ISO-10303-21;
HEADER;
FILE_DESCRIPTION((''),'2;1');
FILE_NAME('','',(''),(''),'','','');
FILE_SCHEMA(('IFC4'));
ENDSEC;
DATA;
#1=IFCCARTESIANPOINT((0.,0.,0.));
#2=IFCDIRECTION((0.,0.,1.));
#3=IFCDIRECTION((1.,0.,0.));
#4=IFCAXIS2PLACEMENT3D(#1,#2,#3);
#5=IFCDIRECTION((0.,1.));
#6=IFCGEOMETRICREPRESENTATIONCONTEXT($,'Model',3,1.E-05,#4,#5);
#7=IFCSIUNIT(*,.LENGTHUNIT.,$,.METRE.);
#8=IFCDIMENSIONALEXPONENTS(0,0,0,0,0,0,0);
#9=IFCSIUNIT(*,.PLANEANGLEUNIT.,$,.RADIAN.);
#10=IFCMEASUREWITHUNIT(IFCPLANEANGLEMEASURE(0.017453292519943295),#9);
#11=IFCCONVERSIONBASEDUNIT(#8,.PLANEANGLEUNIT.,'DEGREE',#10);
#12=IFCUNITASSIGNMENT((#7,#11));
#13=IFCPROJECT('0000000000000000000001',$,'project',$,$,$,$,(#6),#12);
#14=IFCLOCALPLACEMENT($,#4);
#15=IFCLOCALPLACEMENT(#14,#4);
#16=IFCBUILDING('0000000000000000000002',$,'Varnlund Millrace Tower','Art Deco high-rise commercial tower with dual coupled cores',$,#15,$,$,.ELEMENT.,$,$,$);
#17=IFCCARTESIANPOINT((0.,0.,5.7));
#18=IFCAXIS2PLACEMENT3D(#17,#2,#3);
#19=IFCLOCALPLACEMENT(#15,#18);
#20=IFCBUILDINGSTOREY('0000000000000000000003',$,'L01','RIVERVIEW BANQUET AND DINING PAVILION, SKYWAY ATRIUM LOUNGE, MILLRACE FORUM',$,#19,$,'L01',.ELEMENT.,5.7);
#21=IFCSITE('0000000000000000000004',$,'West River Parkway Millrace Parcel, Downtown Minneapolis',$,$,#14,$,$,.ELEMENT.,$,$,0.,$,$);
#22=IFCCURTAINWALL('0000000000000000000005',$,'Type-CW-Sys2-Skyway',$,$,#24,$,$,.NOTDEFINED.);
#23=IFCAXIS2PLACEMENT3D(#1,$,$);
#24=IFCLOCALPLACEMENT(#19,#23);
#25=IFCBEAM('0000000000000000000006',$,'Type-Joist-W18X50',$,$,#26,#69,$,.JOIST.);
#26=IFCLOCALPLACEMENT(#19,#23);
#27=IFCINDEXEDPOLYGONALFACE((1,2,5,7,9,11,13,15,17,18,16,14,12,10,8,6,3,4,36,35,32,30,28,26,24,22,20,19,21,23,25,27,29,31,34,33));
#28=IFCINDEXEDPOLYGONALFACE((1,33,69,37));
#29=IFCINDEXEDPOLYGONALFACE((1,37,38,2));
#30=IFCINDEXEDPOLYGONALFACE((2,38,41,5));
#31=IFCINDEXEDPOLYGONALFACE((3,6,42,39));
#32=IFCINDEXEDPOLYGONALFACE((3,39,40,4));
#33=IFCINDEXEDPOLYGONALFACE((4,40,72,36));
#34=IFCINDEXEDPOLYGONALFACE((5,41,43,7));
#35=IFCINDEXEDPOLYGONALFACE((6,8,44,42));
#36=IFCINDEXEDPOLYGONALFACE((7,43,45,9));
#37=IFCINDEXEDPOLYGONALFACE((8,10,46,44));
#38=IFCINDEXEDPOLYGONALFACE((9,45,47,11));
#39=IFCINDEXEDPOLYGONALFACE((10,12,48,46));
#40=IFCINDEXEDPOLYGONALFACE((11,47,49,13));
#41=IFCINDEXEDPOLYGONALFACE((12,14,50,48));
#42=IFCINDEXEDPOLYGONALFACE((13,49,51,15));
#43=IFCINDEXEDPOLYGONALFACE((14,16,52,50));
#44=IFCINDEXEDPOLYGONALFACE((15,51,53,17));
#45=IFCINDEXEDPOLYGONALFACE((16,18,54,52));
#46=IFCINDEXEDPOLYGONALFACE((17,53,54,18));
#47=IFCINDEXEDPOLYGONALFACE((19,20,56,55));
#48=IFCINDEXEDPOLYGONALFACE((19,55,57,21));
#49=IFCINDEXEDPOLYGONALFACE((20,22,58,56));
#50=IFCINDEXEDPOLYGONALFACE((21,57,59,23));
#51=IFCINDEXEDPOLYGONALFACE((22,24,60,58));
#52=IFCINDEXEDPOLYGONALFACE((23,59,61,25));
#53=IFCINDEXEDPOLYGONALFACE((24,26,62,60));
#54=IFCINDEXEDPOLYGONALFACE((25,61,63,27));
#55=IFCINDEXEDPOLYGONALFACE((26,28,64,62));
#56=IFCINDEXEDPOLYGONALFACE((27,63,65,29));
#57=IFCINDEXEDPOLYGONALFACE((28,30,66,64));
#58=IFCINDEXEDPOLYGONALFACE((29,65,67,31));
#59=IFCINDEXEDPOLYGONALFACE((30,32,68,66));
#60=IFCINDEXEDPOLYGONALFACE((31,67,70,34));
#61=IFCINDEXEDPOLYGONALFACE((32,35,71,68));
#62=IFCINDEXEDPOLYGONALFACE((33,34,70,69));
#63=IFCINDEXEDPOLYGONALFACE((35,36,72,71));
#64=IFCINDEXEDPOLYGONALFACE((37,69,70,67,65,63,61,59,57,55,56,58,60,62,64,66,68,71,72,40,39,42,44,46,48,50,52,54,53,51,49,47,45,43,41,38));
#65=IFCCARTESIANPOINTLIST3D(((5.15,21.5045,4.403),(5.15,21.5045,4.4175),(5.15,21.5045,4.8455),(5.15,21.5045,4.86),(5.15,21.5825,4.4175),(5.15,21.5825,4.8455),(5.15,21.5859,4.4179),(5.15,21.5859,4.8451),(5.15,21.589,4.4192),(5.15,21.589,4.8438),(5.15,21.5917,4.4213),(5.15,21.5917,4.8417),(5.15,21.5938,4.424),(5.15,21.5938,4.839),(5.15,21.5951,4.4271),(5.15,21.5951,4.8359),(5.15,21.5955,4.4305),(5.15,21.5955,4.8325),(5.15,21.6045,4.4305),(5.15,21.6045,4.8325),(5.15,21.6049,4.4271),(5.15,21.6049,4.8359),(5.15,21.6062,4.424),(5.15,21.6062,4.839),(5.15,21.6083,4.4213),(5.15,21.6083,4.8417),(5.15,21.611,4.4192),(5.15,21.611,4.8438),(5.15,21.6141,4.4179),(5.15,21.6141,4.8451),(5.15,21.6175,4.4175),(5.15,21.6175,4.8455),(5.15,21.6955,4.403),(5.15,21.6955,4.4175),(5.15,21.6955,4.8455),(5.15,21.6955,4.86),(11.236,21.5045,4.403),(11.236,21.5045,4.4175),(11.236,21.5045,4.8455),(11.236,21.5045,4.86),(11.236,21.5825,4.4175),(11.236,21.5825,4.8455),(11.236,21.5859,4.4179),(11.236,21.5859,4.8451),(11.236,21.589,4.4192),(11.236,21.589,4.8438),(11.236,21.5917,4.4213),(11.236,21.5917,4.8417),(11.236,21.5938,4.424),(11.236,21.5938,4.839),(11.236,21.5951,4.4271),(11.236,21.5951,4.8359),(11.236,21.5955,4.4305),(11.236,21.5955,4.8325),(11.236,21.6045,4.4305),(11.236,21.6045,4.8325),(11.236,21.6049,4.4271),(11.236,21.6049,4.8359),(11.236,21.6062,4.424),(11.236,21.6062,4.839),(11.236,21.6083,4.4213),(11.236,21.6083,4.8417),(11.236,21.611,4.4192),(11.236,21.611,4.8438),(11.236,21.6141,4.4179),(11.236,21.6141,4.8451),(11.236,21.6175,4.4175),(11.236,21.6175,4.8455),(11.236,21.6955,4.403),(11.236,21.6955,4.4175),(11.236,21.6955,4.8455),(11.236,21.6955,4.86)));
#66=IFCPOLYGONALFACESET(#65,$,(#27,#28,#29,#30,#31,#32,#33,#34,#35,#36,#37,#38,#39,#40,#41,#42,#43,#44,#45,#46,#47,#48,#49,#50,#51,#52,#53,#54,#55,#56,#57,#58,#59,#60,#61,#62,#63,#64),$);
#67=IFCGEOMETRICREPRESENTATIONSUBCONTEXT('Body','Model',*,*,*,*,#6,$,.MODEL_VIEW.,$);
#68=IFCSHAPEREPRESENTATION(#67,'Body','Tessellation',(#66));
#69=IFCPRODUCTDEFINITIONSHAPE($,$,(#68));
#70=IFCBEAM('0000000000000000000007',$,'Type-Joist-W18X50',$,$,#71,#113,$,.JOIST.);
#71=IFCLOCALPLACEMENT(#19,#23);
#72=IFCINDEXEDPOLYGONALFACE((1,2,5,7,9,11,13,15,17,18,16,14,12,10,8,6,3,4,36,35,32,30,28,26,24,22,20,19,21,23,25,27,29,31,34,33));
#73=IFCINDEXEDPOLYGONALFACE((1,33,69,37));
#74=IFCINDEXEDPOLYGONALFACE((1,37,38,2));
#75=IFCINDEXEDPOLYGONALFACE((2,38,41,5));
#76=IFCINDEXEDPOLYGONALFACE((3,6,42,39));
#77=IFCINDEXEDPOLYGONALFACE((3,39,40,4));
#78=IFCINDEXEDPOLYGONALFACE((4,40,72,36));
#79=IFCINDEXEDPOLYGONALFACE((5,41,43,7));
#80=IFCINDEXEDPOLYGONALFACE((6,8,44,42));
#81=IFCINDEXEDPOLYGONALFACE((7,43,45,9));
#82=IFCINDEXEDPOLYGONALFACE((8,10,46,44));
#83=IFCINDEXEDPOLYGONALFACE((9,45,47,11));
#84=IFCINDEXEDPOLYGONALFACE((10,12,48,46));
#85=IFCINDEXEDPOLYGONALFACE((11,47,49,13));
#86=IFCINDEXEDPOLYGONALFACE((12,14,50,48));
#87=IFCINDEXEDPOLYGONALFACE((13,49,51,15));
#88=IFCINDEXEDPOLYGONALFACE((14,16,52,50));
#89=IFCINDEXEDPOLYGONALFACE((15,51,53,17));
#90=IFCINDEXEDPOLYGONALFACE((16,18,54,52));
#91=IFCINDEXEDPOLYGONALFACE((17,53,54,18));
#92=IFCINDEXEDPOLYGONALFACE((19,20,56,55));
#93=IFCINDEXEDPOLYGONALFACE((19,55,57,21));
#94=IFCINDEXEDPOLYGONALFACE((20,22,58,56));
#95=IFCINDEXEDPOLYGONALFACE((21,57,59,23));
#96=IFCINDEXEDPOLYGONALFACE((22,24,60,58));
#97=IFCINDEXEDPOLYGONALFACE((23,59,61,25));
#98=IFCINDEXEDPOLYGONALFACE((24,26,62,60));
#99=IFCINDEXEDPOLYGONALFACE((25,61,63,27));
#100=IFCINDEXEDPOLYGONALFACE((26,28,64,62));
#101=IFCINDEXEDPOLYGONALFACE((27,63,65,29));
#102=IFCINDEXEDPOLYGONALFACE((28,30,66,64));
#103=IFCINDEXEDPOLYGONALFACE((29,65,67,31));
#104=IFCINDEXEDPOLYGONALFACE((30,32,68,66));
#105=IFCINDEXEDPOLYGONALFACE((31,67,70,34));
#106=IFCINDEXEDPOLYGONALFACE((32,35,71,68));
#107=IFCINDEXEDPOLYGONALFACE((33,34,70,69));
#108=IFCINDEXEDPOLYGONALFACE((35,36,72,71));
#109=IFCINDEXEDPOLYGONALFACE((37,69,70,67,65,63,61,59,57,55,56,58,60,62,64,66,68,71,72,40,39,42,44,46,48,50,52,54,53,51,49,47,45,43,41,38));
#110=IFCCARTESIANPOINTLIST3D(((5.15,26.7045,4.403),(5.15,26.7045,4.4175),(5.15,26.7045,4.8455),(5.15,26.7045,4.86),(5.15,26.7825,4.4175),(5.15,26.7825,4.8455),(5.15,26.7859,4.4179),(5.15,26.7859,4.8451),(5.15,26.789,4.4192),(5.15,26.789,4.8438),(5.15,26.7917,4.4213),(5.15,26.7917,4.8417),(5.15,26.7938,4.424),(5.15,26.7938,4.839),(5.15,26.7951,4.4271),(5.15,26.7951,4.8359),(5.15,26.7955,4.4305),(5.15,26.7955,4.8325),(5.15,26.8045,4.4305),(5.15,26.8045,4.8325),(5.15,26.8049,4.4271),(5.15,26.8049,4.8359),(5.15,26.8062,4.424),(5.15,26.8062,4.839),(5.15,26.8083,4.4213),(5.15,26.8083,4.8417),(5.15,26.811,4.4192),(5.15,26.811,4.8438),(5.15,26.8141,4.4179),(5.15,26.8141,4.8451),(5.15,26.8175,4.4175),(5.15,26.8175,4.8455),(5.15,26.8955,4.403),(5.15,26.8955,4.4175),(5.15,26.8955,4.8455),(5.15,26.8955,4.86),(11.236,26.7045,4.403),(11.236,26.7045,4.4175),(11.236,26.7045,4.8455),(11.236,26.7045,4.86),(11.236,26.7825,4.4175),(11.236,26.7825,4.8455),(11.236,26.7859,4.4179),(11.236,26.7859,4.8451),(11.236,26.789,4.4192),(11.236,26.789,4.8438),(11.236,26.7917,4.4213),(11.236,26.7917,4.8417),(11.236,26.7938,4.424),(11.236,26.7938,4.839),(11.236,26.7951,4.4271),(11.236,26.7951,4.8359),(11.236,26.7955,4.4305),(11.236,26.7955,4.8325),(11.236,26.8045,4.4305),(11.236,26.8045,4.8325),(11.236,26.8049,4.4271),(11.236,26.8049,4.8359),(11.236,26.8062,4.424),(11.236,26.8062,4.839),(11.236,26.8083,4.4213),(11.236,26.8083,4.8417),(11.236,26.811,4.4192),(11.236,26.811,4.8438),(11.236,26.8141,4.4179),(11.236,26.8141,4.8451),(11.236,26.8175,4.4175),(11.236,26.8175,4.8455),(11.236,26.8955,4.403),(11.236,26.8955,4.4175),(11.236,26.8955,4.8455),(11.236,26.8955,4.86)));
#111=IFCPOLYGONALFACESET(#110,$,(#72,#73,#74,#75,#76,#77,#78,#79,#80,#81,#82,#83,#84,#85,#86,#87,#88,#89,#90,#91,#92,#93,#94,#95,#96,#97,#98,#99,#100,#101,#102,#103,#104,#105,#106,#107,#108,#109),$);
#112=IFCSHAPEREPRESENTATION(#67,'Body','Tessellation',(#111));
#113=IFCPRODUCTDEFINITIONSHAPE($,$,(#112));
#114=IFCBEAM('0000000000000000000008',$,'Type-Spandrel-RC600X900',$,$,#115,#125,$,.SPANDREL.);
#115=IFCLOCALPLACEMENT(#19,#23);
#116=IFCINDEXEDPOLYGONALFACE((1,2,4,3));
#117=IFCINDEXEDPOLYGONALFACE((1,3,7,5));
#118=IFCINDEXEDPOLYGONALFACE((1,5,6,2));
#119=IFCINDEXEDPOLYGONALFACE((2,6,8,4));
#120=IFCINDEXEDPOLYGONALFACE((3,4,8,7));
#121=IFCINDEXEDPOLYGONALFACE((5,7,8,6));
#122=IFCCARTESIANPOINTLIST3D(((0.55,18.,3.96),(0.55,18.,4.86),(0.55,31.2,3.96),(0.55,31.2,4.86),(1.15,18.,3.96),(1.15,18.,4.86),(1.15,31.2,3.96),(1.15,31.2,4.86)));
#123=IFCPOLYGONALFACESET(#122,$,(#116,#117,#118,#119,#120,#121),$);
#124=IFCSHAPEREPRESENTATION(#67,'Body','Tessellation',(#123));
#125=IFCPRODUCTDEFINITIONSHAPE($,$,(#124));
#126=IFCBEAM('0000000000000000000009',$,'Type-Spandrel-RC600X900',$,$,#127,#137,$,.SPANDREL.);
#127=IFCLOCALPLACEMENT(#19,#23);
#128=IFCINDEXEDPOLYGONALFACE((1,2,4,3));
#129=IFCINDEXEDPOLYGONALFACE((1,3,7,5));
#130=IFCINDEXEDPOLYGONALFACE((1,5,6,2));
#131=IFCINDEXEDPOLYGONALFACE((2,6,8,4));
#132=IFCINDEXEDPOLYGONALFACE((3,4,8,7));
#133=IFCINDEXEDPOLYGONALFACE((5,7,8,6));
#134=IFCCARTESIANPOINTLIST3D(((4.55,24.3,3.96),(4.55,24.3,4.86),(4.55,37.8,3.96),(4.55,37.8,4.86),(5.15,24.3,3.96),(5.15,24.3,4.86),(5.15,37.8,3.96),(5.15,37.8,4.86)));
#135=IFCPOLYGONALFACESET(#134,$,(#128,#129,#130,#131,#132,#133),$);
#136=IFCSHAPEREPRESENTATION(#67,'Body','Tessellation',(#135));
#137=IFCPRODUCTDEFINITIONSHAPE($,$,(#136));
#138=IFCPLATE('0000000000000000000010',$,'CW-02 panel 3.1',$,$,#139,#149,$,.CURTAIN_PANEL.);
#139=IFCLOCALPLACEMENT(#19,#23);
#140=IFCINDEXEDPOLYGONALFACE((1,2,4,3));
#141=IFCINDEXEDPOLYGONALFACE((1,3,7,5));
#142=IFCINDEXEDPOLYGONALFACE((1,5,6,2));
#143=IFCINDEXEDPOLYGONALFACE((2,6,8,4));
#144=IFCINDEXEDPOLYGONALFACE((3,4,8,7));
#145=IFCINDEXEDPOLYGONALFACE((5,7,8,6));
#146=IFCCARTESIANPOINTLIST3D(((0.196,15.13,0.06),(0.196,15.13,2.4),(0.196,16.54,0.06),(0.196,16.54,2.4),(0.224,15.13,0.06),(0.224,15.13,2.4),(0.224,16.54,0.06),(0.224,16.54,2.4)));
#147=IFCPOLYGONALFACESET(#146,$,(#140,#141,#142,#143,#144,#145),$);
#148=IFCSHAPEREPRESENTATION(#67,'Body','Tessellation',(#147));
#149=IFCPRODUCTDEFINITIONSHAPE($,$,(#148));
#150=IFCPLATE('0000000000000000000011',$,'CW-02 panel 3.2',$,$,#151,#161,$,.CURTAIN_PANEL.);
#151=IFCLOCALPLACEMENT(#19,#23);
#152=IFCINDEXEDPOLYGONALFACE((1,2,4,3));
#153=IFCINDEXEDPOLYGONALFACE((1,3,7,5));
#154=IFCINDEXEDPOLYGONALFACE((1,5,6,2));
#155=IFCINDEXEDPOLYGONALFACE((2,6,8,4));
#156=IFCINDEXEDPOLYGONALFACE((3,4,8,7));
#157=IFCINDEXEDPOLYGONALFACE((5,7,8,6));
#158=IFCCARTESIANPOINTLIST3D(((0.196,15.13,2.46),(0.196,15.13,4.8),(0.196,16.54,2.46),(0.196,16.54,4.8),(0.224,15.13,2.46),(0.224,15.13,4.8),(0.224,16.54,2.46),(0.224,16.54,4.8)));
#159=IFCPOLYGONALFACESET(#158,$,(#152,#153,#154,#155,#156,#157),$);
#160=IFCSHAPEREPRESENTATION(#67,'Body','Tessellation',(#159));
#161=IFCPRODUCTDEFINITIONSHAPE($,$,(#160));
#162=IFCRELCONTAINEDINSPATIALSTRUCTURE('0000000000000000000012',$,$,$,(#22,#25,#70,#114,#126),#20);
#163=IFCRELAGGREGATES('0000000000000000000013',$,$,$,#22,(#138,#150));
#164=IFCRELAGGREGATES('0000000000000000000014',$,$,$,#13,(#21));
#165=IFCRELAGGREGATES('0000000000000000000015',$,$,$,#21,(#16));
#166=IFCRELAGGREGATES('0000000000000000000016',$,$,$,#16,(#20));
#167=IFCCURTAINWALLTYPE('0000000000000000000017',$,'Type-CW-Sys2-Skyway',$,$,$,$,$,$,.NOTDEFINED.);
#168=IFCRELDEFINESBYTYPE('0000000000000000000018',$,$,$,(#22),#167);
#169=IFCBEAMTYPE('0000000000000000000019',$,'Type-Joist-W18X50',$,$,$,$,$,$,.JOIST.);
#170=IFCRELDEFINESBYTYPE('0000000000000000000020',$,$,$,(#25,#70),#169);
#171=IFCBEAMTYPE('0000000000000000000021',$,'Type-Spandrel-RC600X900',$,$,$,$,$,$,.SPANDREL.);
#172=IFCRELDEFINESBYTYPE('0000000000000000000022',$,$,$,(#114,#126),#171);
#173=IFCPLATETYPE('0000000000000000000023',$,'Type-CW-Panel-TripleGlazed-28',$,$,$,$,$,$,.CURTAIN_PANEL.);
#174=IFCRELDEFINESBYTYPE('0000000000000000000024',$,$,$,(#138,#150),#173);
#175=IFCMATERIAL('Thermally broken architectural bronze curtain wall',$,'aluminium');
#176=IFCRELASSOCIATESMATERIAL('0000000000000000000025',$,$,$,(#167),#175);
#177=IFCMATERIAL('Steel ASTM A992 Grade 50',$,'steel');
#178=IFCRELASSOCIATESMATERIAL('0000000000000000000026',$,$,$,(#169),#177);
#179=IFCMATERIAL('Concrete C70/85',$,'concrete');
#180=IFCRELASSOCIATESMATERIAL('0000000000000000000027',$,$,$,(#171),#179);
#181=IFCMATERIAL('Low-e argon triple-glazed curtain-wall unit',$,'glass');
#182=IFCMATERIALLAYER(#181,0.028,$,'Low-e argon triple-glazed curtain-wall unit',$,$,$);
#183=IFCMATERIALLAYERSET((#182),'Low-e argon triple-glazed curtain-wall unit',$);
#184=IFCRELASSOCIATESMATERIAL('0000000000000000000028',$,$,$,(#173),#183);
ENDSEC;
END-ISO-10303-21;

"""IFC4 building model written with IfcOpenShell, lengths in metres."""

from ifc_helpers import new_model, entity, si_unit, converted_unit, direction, frame, origin_with_axes, origin_2d_with_axis, place, context, subcontext, project, spatial, rectangle, i_section, extrude, material, layer, layer_set, material_profile, profile_set, type_object, element, aggregate, save


model = new_model("IFC4")

# Units and contexts
model_context = context("Model", 3, precision=1e-05, world=origin_with_axes(), true_north=direction((0.0, 1.0)))
body_context = subcontext(model_context, "Body", "Model", "MODEL_VIEW")
ifc_project = project(units=[si_unit("LENGTHUNIT", "METRE"), converted_unit("PLANEANGLEUNIT", "DEGREE", entity("IfcPlaneAngleMeasure", 0.017453292519943295), si_unit("PLANEANGLEUNIT", "RADIAN"), dimensions=[0, 0, 0, 0, 0, 0, 0])], contexts=[model_context])

# Site, building, storey
site_placement = place(None, origin_with_axes())
site = spatial("IfcSite", under=ifc_project, at=site_placement, Name="West River Parkway Millrace Parcel, Downtown Minneapolis", CompositionType="ELEMENT", RefElevation=0.0)
building_placement = place(site_placement, origin_with_axes())
building = spatial("IfcBuilding", under=site, at=building_placement, Name="Varnlund Millrace Tower", Description="Art Deco high-rise commercial tower with dual coupled cores", CompositionType="ELEMENT")
storey_placement = place(building_placement, frame((0.0, 0.0, 5.7), z_axis=(0.0, 0.0, 1.0), x_axis=(1.0, 0.0, 0.0)))
storey = spatial("IfcBuildingStorey", under=building, at=storey_placement, Name="L01", Description="RIVERVIEW BANQUET AND DINING PAVILION, SKYWAY ATRIUM LOUNGE, MILLRACE FORUM", LongName="L01", CompositionType="ELEMENT", Elevation=5.7)

# Curtain wall
ifc_material_1 = material(Name="Thermally broken architectural bronze curtain wall", Category="aluminium")
curtain_wall_type = type_object("IfcCurtainWallType", Name="Type-CW-Sys2-Skyway", PredefinedType="NOTDEFINED", material=ifc_material_1)
curtain_wall_placement = place(storey_placement, frame((0.21, 12.1, 0.0), z_axis=(0.0, 0.0, 1.0), x_axis=(1.0, 0.0, 0.0)))
curtain_wall = element("IfcCurtainWall", 1, at=curtain_wall_placement, inside=storey, type_object=curtain_wall_type, Name="Type-CW-Sys2-Skyway", PredefinedType="NOTDEFINED")

# Beams
ifc_material_2 = material(Name="Steel ASTM A992 Grade 50", Category="steel")
ifc_material_profile_1 = material_profile(ifc_material_2, i_section(OverallWidth=0.191, OverallDepth=0.457, WebThickness=0.009, FlangeThickness=0.0145, FilletRadius=0.013, at=origin_2d_with_axis()), Name="Steel ASTM A992 Grade 50")
ifc_profile_set_1 = profile_set([ifc_material_profile_1], Name="Steel ASTM A992 Grade 50")
beam_type_1 = type_object("IfcBeamType", Name="Type-Joist-W18X50", PredefinedType="JOIST", material=ifc_profile_set_1)
for number, where, z_axis, x_axis, name in (
    (2, (5.15, 21.6, 4.6315), (1.0, 0.0, 0.0), (0.0, 1.0, 0.0), "Type-Joist-W18X50"),
    (3, (5.15, 26.8, 4.6315), (1.0, 0.0, 0.0), (0.0, 1.0, 0.0), "Type-Joist-W18X50"),
):
    element("IfcBeam", number, at=place(storey_placement, frame(where, z_axis=z_axis, x_axis=x_axis)), inside=storey, type_object=beam_type_1, Name=name, PredefinedType="JOIST", context=body_context, shape_type="SweptSolid", body=[
        extrude(i_section(OverallWidth=0.191, OverallDepth=0.457, WebThickness=0.009, FlangeThickness=0.0145, FilletRadius=0.013, at=origin_2d_with_axis()), origin_with_axes(), (0.0, 0.0, 1.0), 6.086),
    ])
ifc_material_3 = material(Name="Concrete C70/85", Category="concrete")
ifc_material_profile_2 = material_profile(ifc_material_3, rectangle(XDim=0.6, YDim=0.9, at=origin_2d_with_axis()), Name="Concrete C70/85")
ifc_profile_set_2 = profile_set([ifc_material_profile_2], Name="Concrete C70/85")
beam_type_2 = type_object("IfcBeamType", Name="Type-Spandrel-RC600X900", PredefinedType="SPANDREL", material=ifc_profile_set_2)
beam_1_placement = place(storey_placement, frame((0.85, 18.0, 4.41), z_axis=(0.0, 1.0, 0.0), x_axis=(-1.0, 0.0, 0.0)))
element("IfcBeam", 4, at=beam_1_placement, inside=storey, type_object=beam_type_2, Name="Type-Spandrel-RC600X900", PredefinedType="SPANDREL", context=body_context, shape_type="SweptSolid", body=[
    extrude(rectangle(XDim=0.6, YDim=0.9, at=origin_2d_with_axis()), origin_with_axes(), (0.0, 0.0, 1.0), 13.2),
])
beam_2_placement = place(storey_placement, frame((4.85, 24.3, 4.41), z_axis=(0.0, 1.0, 0.0), x_axis=(-1.0, 0.0, 0.0)))
element("IfcBeam", 5, at=beam_2_placement, inside=storey, type_object=beam_type_2, Name="Type-Spandrel-RC600X900", PredefinedType="SPANDREL", context=body_context, shape_type="SweptSolid", body=[
    extrude(rectangle(XDim=0.6, YDim=0.9, at=origin_2d_with_axis()), origin_with_axes(), (0.0, 0.0, 1.0), 13.5),
])

# Plates
ifc_material_4 = material(Name="Low-e argon triple-glazed curtain-wall unit", Category="glass")
ifc_layer_1 = layer(ifc_material_4, 0.028, Name="Low-e argon triple-glazed curtain-wall unit")
ifc_layer_set_1 = layer_set([ifc_layer_1], Name="Low-e argon triple-glazed curtain-wall unit")
plate_type = type_object("IfcPlateType", Name="Type-CW-Panel-TripleGlazed-28", PredefinedType="CURTAIN_PANEL", material=ifc_layer_set_1)
plate_1_placement = place(storey_placement, frame((0.21, 15.835, 0.06), z_axis=(0.0, 0.0, 1.0), x_axis=(0.0, 1.0, 0.0)))
plate_1 = element("IfcPlate", 6, at=plate_1_placement, type_object=plate_type, Name="CW-02 panel 3.1", PredefinedType="CURTAIN_PANEL", context=body_context, shape_type="SweptSolid", body=[
    extrude(rectangle(XDim=1.41, YDim=0.028, at=origin_2d_with_axis()), origin_with_axes(), (0.0, 0.0, 1.0), 2.34),
])
plate_2_placement = place(storey_placement, frame((0.21, 15.835, 2.46), z_axis=(0.0, 0.0, 1.0), x_axis=(0.0, 1.0, 0.0)))
plate_2 = element("IfcPlate", 7, at=plate_2_placement, type_object=plate_type, Name="CW-02 panel 3.2", PredefinedType="CURTAIN_PANEL", context=body_context, shape_type="SweptSolid", body=[
    extrude(rectangle(XDim=1.41, YDim=0.028, at=origin_2d_with_axis()), origin_with_axes(), (0.0, 0.0, 1.0), 2.34),
])
aggregate(curtain_wall, [plate_1, plate_2])

save(model, "model.ifc")
